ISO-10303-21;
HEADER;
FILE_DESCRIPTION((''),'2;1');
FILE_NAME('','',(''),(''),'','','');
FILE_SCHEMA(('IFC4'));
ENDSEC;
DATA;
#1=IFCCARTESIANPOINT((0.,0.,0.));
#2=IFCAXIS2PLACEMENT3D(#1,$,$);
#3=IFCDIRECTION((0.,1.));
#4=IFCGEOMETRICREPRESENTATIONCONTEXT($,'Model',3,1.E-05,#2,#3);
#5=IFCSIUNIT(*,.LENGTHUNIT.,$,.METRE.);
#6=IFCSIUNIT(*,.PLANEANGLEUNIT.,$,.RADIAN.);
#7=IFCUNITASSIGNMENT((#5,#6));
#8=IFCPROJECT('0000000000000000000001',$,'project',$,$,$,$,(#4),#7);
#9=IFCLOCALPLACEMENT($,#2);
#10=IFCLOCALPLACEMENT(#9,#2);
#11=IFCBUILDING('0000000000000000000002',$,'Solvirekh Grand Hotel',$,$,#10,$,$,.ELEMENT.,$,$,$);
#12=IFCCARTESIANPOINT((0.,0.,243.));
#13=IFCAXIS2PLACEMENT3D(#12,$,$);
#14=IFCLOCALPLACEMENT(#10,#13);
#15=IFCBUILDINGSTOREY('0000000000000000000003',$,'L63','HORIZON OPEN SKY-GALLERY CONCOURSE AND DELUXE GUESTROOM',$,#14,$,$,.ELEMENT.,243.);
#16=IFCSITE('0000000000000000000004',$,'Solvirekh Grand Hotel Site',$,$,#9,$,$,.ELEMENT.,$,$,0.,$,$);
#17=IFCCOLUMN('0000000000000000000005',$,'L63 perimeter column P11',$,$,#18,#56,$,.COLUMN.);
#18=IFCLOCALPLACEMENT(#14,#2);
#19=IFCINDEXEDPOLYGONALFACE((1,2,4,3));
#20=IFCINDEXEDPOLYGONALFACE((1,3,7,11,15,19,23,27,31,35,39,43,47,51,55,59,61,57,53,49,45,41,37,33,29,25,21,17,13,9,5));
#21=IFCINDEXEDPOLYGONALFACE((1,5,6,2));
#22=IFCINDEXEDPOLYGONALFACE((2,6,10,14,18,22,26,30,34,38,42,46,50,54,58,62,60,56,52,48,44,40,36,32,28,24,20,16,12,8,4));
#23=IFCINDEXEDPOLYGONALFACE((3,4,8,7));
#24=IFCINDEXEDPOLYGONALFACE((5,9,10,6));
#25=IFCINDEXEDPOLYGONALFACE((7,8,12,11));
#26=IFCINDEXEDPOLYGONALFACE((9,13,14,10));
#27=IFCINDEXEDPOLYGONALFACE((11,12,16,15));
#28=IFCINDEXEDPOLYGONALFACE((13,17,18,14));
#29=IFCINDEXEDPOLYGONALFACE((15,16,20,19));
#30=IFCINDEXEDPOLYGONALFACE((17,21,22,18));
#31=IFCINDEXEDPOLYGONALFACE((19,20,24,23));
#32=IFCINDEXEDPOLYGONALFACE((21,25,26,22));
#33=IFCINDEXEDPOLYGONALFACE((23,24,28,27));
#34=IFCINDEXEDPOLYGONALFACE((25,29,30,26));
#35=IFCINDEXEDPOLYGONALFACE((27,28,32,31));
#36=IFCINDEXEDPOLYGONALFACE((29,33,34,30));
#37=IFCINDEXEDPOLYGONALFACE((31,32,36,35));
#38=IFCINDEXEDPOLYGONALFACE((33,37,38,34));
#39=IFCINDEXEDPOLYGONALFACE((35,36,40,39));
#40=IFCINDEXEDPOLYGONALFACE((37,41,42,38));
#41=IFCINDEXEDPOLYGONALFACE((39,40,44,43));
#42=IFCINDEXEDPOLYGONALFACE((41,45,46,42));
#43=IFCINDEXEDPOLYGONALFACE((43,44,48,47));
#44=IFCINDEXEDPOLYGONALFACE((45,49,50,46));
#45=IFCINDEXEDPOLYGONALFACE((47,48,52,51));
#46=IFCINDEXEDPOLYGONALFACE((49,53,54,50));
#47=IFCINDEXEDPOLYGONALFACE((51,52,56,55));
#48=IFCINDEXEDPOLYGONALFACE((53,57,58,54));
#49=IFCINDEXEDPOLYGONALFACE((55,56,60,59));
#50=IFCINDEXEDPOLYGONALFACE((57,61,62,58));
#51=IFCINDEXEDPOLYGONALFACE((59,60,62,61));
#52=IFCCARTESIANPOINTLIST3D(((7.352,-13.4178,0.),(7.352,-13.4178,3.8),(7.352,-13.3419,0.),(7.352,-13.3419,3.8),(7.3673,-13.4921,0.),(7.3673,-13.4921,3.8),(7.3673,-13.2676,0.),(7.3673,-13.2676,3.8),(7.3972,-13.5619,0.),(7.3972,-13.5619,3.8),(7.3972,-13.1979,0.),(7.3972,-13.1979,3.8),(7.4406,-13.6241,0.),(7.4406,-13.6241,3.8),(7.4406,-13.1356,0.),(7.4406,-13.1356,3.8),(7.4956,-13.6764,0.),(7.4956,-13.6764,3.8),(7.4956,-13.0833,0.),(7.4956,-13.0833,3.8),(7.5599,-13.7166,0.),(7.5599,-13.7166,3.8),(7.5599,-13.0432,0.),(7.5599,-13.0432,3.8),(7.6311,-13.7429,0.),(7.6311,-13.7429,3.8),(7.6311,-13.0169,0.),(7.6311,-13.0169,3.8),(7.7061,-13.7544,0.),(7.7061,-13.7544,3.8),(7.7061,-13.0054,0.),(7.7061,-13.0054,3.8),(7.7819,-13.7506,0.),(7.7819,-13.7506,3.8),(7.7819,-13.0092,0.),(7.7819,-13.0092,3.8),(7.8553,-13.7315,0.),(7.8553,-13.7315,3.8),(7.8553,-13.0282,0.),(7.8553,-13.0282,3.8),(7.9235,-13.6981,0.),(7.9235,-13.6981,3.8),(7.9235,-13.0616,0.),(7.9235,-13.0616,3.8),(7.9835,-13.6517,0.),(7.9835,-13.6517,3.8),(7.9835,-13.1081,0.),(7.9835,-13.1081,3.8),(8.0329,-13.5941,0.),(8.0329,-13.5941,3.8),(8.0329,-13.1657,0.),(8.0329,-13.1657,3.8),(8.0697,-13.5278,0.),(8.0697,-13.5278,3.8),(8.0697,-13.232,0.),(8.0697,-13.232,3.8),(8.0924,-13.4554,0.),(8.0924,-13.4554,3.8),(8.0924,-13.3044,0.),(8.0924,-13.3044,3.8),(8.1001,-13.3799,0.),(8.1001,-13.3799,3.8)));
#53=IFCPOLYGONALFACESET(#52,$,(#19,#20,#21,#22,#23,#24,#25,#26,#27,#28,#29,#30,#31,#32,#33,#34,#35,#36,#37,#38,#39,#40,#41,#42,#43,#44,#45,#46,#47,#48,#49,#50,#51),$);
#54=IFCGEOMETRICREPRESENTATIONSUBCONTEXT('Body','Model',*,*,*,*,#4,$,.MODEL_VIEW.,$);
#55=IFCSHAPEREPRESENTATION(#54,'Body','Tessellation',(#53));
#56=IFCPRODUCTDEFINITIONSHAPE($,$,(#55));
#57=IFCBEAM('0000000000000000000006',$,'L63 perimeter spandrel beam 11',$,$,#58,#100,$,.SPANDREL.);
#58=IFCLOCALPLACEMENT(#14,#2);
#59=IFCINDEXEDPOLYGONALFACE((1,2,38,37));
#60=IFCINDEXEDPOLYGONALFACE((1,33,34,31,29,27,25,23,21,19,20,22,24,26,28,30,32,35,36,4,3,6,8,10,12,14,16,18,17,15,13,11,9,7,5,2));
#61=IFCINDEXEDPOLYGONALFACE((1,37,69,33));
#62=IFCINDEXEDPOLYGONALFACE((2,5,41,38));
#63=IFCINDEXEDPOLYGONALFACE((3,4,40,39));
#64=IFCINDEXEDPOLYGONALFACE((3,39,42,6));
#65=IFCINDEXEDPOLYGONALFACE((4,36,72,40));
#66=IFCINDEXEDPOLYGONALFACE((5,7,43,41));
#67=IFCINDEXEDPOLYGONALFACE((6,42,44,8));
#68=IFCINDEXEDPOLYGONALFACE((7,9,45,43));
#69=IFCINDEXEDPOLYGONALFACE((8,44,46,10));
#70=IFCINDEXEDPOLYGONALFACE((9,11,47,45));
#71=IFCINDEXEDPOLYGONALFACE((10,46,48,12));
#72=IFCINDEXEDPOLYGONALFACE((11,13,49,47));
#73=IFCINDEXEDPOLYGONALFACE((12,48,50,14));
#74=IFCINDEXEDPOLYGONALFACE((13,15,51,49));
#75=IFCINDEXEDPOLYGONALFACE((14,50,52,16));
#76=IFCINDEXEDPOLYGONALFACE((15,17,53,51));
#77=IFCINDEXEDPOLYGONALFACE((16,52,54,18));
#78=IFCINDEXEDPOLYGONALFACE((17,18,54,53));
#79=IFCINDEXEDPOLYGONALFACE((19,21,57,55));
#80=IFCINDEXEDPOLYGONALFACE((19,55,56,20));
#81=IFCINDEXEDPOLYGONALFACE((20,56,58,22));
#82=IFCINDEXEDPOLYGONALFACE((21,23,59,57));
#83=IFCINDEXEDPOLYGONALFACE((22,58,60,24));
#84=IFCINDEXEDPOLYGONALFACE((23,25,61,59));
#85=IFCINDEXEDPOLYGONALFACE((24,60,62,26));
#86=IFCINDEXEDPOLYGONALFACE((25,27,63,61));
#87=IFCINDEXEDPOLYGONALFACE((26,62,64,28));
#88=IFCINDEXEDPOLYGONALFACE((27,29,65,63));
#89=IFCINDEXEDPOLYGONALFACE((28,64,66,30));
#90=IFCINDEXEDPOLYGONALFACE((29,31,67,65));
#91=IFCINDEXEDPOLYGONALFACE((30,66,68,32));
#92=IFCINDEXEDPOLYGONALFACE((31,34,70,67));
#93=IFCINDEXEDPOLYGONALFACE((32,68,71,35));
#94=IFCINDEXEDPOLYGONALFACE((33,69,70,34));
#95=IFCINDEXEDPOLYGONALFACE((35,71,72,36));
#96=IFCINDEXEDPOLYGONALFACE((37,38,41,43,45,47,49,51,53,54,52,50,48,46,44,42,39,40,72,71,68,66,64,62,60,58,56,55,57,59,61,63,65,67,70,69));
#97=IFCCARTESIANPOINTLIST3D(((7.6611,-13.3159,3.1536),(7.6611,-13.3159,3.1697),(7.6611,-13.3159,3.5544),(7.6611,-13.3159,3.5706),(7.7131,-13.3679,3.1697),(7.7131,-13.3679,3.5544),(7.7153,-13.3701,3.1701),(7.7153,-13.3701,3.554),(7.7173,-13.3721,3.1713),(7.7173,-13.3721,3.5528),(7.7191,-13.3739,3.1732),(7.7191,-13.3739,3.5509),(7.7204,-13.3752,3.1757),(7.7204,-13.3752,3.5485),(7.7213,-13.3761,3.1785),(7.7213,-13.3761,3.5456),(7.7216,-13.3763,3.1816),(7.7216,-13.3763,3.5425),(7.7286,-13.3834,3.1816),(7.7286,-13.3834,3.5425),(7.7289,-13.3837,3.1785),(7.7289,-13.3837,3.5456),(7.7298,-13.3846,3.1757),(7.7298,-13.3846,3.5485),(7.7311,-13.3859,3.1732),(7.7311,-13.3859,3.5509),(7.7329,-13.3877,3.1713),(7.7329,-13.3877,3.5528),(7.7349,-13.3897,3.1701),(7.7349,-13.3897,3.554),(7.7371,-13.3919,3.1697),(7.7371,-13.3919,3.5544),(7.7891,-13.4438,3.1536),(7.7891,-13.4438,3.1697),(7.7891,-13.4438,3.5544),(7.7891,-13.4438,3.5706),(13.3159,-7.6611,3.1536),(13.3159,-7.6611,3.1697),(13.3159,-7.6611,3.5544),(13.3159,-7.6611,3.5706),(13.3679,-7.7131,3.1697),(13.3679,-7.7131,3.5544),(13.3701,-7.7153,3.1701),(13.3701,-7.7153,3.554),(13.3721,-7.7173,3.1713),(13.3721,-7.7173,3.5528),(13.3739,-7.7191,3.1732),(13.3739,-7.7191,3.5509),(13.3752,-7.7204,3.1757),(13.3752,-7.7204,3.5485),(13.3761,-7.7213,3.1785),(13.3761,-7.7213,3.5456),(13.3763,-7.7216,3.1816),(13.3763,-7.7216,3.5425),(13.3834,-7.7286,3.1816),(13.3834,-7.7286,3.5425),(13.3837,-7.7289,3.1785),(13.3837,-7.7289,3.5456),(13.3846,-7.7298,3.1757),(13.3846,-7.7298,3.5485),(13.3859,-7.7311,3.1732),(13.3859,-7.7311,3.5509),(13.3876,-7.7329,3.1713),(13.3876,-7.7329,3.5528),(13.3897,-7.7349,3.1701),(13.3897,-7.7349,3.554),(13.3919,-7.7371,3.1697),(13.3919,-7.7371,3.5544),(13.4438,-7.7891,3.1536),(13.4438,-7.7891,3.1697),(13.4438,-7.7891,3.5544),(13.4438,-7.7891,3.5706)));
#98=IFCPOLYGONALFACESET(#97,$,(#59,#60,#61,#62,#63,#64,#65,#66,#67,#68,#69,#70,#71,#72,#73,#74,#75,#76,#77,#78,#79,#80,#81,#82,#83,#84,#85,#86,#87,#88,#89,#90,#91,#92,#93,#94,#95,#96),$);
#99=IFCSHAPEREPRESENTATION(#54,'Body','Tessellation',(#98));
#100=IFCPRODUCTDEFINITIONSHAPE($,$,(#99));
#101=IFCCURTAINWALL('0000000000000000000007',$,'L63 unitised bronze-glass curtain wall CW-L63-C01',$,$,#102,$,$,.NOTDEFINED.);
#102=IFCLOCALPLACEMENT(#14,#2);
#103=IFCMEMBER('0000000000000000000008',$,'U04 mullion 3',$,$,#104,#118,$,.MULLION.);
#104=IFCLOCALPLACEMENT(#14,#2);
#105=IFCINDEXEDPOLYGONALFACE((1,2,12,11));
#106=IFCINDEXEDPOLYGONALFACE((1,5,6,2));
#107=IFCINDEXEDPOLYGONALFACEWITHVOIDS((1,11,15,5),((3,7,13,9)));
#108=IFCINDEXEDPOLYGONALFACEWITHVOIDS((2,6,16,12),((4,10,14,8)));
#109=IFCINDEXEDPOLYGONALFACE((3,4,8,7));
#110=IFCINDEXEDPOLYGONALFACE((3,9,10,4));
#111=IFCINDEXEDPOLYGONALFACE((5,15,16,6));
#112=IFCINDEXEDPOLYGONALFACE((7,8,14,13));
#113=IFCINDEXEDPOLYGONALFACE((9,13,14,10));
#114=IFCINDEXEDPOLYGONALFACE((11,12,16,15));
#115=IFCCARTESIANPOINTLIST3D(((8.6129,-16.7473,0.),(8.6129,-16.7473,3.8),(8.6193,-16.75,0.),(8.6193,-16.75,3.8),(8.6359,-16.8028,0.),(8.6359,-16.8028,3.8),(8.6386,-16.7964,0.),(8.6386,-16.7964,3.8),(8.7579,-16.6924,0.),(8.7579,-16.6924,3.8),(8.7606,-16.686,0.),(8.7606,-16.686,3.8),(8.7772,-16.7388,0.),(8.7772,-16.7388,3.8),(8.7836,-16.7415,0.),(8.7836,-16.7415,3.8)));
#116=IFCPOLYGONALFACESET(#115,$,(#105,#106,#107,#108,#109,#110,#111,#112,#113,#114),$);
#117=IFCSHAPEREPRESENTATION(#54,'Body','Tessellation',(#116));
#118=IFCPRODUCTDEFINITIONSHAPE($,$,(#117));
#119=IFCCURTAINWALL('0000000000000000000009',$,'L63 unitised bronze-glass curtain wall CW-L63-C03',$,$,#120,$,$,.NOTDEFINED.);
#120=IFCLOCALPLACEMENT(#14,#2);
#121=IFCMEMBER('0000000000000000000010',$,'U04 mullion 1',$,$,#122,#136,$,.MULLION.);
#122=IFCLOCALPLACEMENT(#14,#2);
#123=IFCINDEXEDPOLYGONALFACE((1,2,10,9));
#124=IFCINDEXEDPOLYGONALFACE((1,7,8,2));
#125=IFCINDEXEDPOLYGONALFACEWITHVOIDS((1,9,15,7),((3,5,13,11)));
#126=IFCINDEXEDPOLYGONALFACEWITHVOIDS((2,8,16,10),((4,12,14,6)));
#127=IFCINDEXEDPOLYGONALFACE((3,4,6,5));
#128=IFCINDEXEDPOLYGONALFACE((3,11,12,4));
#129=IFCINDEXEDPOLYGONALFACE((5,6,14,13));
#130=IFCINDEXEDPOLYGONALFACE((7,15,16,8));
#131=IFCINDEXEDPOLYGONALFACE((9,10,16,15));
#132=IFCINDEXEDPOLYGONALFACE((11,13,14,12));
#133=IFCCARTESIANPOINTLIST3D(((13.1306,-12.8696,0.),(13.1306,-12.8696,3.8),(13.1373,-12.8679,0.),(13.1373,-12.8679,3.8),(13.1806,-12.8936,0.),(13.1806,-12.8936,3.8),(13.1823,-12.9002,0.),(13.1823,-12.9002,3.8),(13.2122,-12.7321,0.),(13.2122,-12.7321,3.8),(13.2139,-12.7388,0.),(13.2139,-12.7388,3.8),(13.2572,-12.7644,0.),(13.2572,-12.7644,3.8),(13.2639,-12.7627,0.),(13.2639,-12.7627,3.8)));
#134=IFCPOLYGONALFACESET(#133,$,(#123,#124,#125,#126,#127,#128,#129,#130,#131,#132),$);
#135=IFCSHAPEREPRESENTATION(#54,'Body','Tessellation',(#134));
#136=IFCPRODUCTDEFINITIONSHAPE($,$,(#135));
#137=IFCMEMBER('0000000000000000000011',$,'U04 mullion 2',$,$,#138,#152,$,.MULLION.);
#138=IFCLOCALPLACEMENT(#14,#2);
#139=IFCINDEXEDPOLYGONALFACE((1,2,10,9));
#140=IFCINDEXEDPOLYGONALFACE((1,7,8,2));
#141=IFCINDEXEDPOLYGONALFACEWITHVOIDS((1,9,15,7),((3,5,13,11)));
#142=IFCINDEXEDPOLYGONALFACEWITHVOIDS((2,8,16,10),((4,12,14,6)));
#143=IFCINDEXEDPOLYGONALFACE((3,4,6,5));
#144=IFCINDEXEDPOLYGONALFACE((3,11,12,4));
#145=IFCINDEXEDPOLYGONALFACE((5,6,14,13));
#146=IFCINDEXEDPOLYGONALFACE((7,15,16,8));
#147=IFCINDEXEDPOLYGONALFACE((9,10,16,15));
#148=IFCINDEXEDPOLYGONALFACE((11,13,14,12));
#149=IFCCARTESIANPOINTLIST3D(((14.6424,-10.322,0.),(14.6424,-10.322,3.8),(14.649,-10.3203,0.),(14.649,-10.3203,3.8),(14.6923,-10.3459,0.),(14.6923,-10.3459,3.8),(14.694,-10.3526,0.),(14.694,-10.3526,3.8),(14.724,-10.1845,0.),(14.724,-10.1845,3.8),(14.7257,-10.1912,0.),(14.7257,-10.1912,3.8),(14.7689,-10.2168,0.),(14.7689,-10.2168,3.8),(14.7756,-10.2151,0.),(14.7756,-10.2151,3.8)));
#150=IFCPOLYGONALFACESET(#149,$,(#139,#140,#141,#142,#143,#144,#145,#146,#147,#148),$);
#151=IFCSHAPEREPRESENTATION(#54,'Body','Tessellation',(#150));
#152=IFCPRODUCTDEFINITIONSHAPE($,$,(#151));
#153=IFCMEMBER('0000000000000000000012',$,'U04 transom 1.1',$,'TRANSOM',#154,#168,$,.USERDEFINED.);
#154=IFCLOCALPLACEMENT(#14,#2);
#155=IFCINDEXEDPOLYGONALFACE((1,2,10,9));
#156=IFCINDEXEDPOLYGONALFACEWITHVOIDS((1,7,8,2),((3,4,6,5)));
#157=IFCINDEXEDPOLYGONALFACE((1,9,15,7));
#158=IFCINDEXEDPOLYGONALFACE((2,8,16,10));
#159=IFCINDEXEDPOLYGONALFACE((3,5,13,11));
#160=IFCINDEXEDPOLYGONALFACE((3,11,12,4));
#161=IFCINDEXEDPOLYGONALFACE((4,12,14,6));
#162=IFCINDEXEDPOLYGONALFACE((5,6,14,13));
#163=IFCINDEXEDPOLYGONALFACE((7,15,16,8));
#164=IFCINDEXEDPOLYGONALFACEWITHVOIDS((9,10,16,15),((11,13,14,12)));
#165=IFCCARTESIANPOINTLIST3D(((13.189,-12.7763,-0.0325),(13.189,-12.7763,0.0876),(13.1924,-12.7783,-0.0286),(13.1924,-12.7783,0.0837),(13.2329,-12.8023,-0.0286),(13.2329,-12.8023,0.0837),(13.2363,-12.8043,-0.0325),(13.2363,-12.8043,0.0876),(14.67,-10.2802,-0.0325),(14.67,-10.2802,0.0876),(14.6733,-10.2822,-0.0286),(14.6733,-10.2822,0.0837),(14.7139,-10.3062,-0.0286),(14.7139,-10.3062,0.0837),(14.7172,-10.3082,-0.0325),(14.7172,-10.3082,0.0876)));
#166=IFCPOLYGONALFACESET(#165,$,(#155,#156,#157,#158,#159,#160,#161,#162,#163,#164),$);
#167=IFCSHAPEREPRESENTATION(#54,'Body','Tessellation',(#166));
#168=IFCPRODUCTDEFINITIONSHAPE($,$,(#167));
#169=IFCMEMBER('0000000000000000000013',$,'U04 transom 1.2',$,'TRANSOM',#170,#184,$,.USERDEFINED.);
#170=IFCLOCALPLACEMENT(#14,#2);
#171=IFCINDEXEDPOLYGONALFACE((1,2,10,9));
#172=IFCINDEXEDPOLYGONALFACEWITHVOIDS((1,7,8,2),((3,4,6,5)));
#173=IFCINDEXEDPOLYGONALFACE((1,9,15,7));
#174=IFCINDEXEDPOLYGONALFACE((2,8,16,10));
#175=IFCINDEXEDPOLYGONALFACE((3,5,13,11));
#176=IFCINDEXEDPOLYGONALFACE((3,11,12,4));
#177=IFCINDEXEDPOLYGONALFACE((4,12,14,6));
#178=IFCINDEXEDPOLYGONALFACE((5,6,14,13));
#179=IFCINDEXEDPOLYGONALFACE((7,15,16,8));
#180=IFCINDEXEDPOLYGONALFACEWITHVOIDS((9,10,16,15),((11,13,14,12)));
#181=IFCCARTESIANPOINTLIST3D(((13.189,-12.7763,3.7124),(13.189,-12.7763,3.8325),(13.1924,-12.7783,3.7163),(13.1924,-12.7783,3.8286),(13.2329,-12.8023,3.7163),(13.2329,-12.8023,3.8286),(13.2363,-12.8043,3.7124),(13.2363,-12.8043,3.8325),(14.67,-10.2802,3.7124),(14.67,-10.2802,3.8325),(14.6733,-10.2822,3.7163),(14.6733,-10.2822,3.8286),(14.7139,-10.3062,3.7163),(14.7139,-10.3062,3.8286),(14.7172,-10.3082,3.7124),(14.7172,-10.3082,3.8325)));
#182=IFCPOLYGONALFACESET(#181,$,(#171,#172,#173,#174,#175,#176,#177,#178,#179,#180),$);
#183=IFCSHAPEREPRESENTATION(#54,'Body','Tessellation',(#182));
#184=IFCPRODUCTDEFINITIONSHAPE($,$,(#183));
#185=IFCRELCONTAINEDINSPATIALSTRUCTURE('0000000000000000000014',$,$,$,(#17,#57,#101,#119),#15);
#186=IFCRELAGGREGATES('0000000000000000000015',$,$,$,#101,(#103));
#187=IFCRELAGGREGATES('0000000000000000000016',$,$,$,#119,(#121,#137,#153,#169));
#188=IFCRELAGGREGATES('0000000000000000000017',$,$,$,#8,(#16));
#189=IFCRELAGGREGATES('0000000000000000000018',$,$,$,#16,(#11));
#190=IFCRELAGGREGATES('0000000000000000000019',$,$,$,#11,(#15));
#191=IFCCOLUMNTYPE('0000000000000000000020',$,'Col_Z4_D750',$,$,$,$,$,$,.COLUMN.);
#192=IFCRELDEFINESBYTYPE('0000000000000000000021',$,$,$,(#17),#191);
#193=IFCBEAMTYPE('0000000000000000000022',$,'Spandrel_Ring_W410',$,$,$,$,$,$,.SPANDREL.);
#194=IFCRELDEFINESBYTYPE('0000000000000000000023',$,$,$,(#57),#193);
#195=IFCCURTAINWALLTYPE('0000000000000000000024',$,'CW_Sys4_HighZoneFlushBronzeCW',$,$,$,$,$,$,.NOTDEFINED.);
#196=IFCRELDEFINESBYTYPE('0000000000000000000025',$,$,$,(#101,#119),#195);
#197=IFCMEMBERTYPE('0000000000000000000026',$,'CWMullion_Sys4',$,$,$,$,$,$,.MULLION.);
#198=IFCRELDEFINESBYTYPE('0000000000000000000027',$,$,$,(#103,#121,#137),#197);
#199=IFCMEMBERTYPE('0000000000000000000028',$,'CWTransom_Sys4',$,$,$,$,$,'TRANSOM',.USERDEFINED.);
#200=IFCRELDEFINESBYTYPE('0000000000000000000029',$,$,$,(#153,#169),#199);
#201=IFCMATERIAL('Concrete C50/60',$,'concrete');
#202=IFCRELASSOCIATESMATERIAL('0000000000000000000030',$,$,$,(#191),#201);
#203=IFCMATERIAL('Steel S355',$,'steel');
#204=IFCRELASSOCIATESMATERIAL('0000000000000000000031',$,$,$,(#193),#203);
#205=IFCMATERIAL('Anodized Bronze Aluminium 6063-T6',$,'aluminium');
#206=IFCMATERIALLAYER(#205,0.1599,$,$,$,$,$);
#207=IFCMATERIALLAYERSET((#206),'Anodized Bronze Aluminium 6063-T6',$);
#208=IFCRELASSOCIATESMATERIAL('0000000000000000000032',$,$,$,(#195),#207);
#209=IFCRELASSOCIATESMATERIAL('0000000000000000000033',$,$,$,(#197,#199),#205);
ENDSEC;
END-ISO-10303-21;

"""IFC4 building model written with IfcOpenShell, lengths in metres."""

from ifc_helpers import new_model, si_unit, direction, frame, origin, origin_2d, place, context, subcontext, project, spatial, hollow_rectangle, circle, i_section, extrude, source, transform, mapped, material, layer, layer_set, material_profile, profile_set, type_object, element, aggregate, save


model = new_model("IFC4")

# Units and contexts
model_context = context("Model", 3, precision=1e-05, world=origin(), true_north=direction((0.0, 1.0)))
body_context = subcontext(model_context, "Body", "Model", "MODEL_VIEW")
ifc_project = project(units=[si_unit("LENGTHUNIT", "METRE"), si_unit("PLANEANGLEUNIT", "RADIAN")], contexts=[model_context])

# Site, building, storey
site_placement = place(None, origin())
site = spatial("IfcSite", under=ifc_project, at=site_placement, Name="Solvirekh Grand Hotel Site", CompositionType="ELEMENT", RefElevation=0.0)
building_placement = place(site_placement, origin())
building = spatial("IfcBuilding", under=site, at=building_placement, Name="Solvirekh Grand Hotel", CompositionType="ELEMENT")
storey_placement = place(building_placement, frame((0.0, 0.0, 243.0)))
storey = spatial("IfcBuildingStorey", under=building, at=storey_placement, Name="L63", Description="HORIZON OPEN SKY-GALLERY CONCOURSE AND DELUXE GUESTROOM", CompositionType="ELEMENT", Elevation=243.0)

# Column
ifc_material_1 = material(Name="Concrete C50/60", Category="concrete")
ifc_material_profile_1 = material_profile(ifc_material_1, circle(Radius=0.375, at=origin_2d()), Name="RC CIRC D750")
ifc_profile_set_1 = profile_set([ifc_material_profile_1], Name="Concrete C50/60")
column_type = type_object("IfcColumnType", Name="Col_Z4_D750", PredefinedType="COLUMN", material=ifc_profile_set_1)
column_placement = place(storey_placement, frame((7.7251, -13.3799, 0.0), z_axis=(0.0, 0.0, 1.0), x_axis=(1.0, 0.0, 0.0)))
element("IfcColumn", 1, at=column_placement, inside=storey, type_object=column_type, Name="L63 perimeter column P11", PredefinedType="COLUMN", context=body_context, shape_type="SweptSolid", body=[
    extrude(circle(Radius=0.375, at=origin_2d()), origin(), (0.0, 0.0, 1.0), 3.8),
])

# Beam
ifc_material_2 = material(Name="Steel S355", Category="steel")
ifc_material_profile_2 = material_profile(ifc_material_2, i_section(OverallWidth=0.1809, OverallDepth=0.417, WebThickness=0.01, FlangeThickness=0.0161, FilletRadius=0.012, at=origin_2d()), Name="W410X85")
ifc_profile_set_2 = profile_set([ifc_material_profile_2], Name="Steel S355")
beam_type = type_object("IfcBeamType", Name="Spandrel_Ring_W410", PredefinedType="SPANDREL", material=ifc_profile_set_2)
beam_placement = place(storey_placement, frame((7.7251, -13.3799, 3.3621), z_axis=(0.707107, 0.707107, 0.0), x_axis=(-0.707107, 0.707107, 0.0)))
element("IfcBeam", 2, at=beam_placement, inside=storey, type_object=beam_type, Name="L63 perimeter spandrel beam 11", PredefinedType="SPANDREL", context=body_context, shape_type="SweptSolid", body=[
    extrude(i_section(OverallWidth=0.1809, OverallDepth=0.417, WebThickness=0.01, FlangeThickness=0.0161, FilletRadius=0.012, at=origin_2d()), origin(), (0.0, 0.0, 1.0), 7.9971),
])

# Curtain wall, member
ifc_material_3 = material(Name="Anodized Bronze Aluminium 6063-T6", Category="aluminium")
ifc_layer_1 = layer(ifc_material_3, 0.1599)
ifc_layer_set_1 = layer_set([ifc_layer_1], Name="Anodized Bronze Aluminium 6063-T6")
curtain_wall_type = type_object("IfcCurtainWallType", Name="CW_Sys4_HighZoneFlushBronzeCW", PredefinedType="NOTDEFINED", material=ifc_layer_set_1)
curtain_wall_1_placement = place(storey_placement, origin())
curtain_wall_1 = element("IfcCurtainWall", 3, at=curtain_wall_1_placement, inside=storey, type_object=curtain_wall_type, Name="L63 unitised bronze-glass curtain wall CW-L63-C01", PredefinedType="NOTDEFINED")
ifc_material_profile_3 = material_profile(ifc_material_3, hollow_rectangle(XDim=0.0601, YDim=0.1599, WallThickness=0.0049, at=origin_2d()), Name="ALU RHS 160X60X5")
ifc_profile_set_3 = profile_set([ifc_material_profile_3], Name="Anodized Bronze Aluminium 6063-T6")
member_type_1 = type_object("IfcMemberType", Name="CWMullion_Sys4", PredefinedType="MULLION", material=ifc_profile_set_3)
shared_shape_1 = source(origin(), body_context, "Body", "SweptSolid", [
    extrude(hollow_rectangle(XDim=0.0601, YDim=0.1599, WallThickness=0.0049, at=origin_2d()), origin(), (0.0, 0.0, 1.0), 3.8),
])
member_1_placement = place(storey_placement, frame((8.6982, -16.7444, 0.0), z_axis=(0.0, 0.0, 1.0), x_axis=(-0.383515, 0.923535, 0.0)))
member_1 = element("IfcMember", 4, at=member_1_placement, type_object=member_type_1, Name="U04 mullion 3", PredefinedType="MULLION", context=body_context, shape_type="MappedRepresentation", body=[
    mapped(shared_shape_1, transform((0.0, 0.0, 0.0), x_axis=(1.0, 0.0, 0.0), y_axis=(0.0, 1.0, 0.0), z_axis=(0.0, 0.0, 1.0), scale=1.0)),
])

# Curtain wall, members
curtain_wall_2_placement = place(storey_placement, origin())
curtain_wall_2 = element("IfcCurtainWall", 5, at=curtain_wall_2_placement, inside=storey, type_object=curtain_wall_type, Name="L63 unitised bronze-glass curtain wall CW-L63-C03", PredefinedType="NOTDEFINED")
member_2_placement = place(storey_placement, frame((13.1973, -12.8162, 0.0), z_axis=(0.0, 0.0, 1.0), x_axis=(-0.860004, 0.510288, 0.0)))
member_2 = element("IfcMember", 6, at=member_2_placement, type_object=member_type_1, Name="U04 mullion 1", PredefinedType="MULLION", context=body_context, shape_type="MappedRepresentation", body=[
    mapped(shared_shape_1, transform((0.0, 0.0, 0.0), x_axis=(1.0, 0.0, 0.0), y_axis=(0.0, 1.0, 0.0), z_axis=(0.0, 0.0, 1.0), scale=1.0)),
])
member_3_placement = place(storey_placement, frame((14.709, -10.2686, 0.0), z_axis=(0.0, 0.0, 1.0), x_axis=(-0.860004, 0.510288, 0.0)))
member_3 = element("IfcMember", 7, at=member_3_placement, type_object=member_type_1, Name="U04 mullion 2", PredefinedType="MULLION", context=body_context, shape_type="MappedRepresentation", body=[
    mapped(shared_shape_1, transform((0.0, 0.0, 0.0), x_axis=(1.0, 0.0, 0.0), y_axis=(0.0, 1.0, 0.0), z_axis=(0.0, 0.0, 1.0), scale=1.0)),
])
ifc_material_profile_4 = material_profile(ifc_material_3, hollow_rectangle(XDim=0.0549, YDim=0.1201, WallThickness=0.0039, at=origin_2d()), Name="ALU RHS 120X55X4")
ifc_profile_set_4 = profile_set([ifc_material_profile_4], Name="Anodized Bronze Aluminium 6063-T6")
member_type_2 = type_object("IfcMemberType", Name="CWTransom_Sys4", ElementType="TRANSOM", PredefinedType="USERDEFINED", material=ifc_profile_set_4)
shared_shape_2 = source(origin(), body_context, "Body", "SweptSolid", [
    extrude(hollow_rectangle(XDim=0.0549, YDim=0.1201, WallThickness=0.0039, at=origin_2d()), origin(), (0.0, 0.0, 1.0), 2.9023),
])
member_4_placement = place(storey_placement, frame((13.2126, -12.7903, 0.0276), z_axis=(0.510259, 0.860021, 0.0), x_axis=(-0.860021, 0.510259, 0.0)))
member_4 = element("IfcMember", 8, at=member_4_placement, type_object=member_type_2, Name="U04 transom 1.1", ObjectType="TRANSOM", PredefinedType="USERDEFINED", context=body_context, shape_type="MappedRepresentation", body=[
    mapped(shared_shape_2, transform((0.0, 0.0, 0.0), x_axis=(1.0, 0.0, 0.0), y_axis=(0.0, 1.0, 0.0), z_axis=(0.0, 0.0, 1.0), scale=1.0)),
])
member_5_placement = place(storey_placement, frame((13.2126, -12.7903, 3.7725), z_axis=(0.510259, 0.860021, 0.0), x_axis=(-0.860021, 0.510259, 0.0)))
member_5 = element("IfcMember", 9, at=member_5_placement, type_object=member_type_2, Name="U04 transom 1.2", ObjectType="TRANSOM", PredefinedType="USERDEFINED", context=body_context, shape_type="MappedRepresentation", body=[
    mapped(shared_shape_2, transform((0.0, 0.0, 0.0), x_axis=(1.0, 0.0, 0.0), y_axis=(0.0, 1.0, 0.0), z_axis=(0.0, 0.0, 1.0), scale=1.0)),
])

aggregate(curtain_wall_1, [member_1])
aggregate(curtain_wall_2, [member_2, member_3, member_4, member_5])

save(model, "model.ifc")
